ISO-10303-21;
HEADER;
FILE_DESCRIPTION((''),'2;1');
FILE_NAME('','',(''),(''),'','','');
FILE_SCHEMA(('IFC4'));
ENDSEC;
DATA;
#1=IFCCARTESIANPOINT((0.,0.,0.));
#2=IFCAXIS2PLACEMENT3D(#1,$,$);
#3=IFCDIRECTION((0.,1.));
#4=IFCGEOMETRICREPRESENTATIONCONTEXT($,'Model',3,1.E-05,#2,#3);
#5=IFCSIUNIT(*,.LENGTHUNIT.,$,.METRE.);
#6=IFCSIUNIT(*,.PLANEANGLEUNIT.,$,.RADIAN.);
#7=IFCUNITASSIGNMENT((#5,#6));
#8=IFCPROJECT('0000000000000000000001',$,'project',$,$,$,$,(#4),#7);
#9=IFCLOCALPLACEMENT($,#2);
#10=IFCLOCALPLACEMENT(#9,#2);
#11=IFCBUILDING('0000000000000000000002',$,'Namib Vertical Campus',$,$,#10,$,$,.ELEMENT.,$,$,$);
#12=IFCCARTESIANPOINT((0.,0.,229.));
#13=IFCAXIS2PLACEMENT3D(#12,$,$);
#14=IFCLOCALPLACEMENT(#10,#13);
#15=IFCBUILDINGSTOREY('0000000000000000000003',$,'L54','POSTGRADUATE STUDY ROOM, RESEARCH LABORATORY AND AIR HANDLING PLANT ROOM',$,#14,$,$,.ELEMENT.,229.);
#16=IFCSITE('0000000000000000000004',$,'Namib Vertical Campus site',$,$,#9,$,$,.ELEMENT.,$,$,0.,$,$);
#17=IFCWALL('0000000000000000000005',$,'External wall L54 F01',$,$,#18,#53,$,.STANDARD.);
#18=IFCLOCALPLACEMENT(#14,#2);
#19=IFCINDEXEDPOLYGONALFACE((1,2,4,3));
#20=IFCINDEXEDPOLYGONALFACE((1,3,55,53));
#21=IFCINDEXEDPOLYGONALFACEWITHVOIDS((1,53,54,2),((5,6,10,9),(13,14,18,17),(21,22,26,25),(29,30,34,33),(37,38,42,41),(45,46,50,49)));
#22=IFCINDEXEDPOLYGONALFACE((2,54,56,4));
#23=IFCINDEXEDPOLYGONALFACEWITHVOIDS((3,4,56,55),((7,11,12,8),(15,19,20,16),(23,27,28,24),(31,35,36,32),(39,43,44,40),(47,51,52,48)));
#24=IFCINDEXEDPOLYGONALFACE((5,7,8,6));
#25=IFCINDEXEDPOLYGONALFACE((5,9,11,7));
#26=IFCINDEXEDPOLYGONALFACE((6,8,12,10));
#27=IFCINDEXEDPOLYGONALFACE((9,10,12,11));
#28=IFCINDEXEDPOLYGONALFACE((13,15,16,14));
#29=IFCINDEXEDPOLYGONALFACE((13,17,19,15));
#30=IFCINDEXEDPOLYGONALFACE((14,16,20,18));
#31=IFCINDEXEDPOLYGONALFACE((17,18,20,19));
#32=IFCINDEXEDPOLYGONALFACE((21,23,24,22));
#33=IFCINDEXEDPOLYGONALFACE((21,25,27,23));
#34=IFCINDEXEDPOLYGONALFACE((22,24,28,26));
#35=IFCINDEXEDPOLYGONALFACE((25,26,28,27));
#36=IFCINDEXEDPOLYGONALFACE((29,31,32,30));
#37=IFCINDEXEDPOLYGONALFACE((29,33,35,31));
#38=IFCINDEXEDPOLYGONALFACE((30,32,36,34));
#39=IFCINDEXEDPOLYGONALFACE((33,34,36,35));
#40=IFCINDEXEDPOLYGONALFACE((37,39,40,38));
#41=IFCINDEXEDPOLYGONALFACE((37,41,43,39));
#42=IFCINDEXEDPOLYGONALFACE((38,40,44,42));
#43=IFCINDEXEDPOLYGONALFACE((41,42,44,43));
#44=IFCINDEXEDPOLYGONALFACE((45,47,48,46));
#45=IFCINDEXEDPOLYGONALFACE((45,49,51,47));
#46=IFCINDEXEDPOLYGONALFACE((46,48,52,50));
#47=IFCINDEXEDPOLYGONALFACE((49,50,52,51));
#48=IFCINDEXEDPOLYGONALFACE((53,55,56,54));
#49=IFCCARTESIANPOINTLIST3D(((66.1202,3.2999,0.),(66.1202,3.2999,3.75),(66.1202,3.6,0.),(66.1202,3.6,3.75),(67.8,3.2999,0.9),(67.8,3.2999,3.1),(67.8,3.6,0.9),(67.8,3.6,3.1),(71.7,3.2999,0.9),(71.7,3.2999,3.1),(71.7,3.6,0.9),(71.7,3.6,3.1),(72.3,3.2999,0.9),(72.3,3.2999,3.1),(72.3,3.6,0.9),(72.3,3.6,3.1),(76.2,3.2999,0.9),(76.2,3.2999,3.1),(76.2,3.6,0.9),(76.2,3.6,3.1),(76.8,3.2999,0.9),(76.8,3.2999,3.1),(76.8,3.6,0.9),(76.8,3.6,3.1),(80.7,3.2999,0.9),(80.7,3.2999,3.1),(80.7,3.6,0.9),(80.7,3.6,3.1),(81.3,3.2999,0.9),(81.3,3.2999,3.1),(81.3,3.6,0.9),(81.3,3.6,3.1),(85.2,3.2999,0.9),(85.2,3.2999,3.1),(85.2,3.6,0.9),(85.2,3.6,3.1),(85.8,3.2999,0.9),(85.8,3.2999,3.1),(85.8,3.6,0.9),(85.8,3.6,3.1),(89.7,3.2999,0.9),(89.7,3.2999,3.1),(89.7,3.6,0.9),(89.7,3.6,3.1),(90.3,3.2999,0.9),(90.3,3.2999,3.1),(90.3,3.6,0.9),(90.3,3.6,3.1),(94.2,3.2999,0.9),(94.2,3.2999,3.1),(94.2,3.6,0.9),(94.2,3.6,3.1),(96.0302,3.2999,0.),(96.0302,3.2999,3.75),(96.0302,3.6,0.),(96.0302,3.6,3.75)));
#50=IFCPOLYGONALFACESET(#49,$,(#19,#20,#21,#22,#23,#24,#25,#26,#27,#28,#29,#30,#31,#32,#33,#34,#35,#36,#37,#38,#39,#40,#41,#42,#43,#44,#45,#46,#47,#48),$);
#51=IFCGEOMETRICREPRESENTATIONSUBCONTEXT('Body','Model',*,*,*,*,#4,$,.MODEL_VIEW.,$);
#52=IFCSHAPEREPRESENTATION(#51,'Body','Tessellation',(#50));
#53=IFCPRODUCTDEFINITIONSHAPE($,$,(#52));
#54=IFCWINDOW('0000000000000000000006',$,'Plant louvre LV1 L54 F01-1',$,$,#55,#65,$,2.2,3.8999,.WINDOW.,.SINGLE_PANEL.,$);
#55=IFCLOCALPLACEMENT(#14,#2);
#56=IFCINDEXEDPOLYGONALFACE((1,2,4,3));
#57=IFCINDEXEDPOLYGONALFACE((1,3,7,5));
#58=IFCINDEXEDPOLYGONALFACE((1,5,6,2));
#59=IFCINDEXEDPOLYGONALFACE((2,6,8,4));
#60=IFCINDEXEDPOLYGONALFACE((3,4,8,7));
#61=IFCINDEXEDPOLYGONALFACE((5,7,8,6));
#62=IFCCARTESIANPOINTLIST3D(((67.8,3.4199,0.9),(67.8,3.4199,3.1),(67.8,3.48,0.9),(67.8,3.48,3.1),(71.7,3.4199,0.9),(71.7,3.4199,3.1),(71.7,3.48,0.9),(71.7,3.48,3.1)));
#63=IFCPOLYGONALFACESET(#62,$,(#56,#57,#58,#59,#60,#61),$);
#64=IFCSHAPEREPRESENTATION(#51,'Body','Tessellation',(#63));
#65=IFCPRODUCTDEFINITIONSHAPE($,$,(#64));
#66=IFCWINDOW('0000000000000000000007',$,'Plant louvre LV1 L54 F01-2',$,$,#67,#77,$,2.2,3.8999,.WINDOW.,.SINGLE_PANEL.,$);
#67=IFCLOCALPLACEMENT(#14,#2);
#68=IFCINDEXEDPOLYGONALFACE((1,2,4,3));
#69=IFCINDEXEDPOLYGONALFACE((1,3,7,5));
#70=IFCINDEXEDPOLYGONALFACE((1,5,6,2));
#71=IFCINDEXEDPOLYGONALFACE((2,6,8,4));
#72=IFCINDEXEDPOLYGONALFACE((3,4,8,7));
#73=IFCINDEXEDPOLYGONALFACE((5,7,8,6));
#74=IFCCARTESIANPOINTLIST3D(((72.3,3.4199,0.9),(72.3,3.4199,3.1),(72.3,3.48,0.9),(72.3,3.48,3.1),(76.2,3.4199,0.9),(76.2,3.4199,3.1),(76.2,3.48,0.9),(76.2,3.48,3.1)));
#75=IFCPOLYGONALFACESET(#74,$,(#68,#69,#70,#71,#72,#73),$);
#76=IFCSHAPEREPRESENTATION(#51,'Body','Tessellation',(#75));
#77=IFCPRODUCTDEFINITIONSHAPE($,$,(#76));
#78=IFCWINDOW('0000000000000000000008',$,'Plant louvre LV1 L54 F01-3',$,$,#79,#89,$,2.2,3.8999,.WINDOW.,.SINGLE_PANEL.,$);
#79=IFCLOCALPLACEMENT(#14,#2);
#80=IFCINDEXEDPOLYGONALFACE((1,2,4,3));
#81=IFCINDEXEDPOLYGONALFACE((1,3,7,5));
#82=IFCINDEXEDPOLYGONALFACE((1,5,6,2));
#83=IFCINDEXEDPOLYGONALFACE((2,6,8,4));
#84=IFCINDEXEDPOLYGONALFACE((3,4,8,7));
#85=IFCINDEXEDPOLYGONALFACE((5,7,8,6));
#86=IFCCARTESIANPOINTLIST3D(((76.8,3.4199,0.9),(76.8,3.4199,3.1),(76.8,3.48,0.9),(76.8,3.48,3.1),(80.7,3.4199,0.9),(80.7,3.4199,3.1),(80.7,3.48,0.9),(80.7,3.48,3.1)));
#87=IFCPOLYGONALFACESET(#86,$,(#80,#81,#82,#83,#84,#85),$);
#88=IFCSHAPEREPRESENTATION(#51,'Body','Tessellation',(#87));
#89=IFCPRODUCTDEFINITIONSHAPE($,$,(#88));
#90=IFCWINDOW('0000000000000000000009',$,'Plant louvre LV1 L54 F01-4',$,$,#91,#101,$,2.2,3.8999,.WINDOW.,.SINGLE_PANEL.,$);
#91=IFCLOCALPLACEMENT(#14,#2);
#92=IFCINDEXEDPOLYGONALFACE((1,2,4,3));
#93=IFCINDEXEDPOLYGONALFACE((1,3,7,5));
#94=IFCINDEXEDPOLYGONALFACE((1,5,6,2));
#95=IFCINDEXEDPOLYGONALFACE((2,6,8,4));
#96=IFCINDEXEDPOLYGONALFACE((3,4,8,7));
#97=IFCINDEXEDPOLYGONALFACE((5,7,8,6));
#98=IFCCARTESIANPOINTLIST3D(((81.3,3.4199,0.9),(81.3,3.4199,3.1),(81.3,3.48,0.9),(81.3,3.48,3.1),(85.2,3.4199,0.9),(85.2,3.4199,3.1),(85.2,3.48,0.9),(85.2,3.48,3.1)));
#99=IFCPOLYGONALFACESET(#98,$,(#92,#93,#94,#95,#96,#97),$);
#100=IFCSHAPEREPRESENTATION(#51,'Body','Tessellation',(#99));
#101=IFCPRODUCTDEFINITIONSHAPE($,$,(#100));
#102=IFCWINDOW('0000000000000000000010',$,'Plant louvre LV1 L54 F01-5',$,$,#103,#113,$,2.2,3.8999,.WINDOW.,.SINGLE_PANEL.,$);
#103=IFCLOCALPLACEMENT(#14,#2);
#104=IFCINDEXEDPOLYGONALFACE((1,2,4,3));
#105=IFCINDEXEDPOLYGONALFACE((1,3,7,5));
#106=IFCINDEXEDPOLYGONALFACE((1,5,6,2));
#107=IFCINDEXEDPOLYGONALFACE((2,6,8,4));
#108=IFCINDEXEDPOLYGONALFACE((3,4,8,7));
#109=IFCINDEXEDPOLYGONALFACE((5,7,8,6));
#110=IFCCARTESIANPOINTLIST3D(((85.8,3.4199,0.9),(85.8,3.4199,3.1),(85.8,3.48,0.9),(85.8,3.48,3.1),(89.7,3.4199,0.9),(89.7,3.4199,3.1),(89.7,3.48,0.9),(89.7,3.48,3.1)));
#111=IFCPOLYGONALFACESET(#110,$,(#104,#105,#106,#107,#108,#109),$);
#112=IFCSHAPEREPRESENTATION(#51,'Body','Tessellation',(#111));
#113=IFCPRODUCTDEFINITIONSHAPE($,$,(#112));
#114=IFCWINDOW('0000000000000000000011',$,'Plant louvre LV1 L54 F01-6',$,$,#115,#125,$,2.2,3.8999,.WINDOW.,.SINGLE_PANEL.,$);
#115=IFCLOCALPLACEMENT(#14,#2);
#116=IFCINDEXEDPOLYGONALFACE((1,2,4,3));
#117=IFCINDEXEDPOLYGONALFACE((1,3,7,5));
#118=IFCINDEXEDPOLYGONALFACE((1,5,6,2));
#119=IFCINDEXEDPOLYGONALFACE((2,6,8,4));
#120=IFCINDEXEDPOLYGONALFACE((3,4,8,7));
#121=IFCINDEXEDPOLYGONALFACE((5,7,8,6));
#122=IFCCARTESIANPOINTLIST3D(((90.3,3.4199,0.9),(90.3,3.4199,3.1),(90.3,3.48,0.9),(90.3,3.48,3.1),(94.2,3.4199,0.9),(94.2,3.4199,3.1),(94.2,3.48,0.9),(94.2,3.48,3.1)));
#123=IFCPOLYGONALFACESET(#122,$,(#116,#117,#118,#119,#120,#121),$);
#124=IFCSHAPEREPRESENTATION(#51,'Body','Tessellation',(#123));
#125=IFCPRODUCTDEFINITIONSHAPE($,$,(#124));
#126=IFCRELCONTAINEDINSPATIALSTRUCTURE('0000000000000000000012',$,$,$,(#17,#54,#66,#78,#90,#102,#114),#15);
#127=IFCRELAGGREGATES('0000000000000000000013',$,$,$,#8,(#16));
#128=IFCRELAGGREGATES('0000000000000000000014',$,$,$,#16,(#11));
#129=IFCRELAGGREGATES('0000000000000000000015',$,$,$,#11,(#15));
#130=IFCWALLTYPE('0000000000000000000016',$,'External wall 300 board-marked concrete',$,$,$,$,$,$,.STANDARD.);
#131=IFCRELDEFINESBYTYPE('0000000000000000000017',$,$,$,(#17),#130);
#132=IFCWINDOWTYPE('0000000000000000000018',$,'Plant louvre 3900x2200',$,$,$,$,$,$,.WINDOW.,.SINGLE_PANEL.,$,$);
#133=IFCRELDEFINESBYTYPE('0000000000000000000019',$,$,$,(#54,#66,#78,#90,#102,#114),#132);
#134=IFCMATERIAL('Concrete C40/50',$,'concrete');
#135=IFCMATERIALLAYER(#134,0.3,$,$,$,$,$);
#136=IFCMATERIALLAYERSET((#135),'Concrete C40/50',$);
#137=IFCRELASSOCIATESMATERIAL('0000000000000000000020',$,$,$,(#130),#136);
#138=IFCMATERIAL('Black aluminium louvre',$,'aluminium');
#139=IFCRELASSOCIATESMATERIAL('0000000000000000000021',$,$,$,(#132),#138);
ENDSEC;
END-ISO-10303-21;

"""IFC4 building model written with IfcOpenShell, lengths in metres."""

from ifc_helpers import new_model, si_unit, direction, frame, frame_2d, origin, place, context, subcontext, project, spatial, rectangle, extrude, material, layer, layer_set, type_object, element, fill, save


model = new_model("IFC4")

# Units and contexts
model_context = context("Model", 3, precision=1e-05, world=origin(), true_north=direction((0.0, 1.0)))
body_context = subcontext(model_context, "Body", "Model", "MODEL_VIEW")
ifc_project = project(units=[si_unit("LENGTHUNIT", "METRE"), si_unit("PLANEANGLEUNIT", "RADIAN")], contexts=[model_context])

# Site, building, storey
site_placement = place(None, origin())
site = spatial("IfcSite", under=ifc_project, at=site_placement, Name="Namib Vertical Campus site", CompositionType="ELEMENT", RefElevation=0.0)
building_placement = place(site_placement, origin())
building = spatial("IfcBuilding", under=site, at=building_placement, Name="Namib Vertical Campus", CompositionType="ELEMENT")
storey_placement = place(building_placement, frame((0.0, 0.0, 229.0)))
storey = spatial("IfcBuildingStorey", under=building, at=storey_placement, Name="L54", Description="POSTGRADUATE STUDY ROOM, RESEARCH LABORATORY AND AIR HANDLING PLANT ROOM", CompositionType="ELEMENT", Elevation=229.0)

# Wall, openings, windows
ifc_material_1 = material(Name="Concrete C40/50", Category="concrete")
ifc_layer_1 = layer(ifc_material_1, 0.3)
ifc_layer_set_1 = layer_set([ifc_layer_1], Name="Concrete C40/50")
wall_type_1 = type_object("IfcWallType", Name="External wall 300 board-marked concrete", PredefinedType="STANDARD", material=ifc_layer_set_1)
wall_1_placement = place(storey_placement, frame((66.1201, 3.45, 0.0), z_axis=(0.0, 0.0, 1.0), x_axis=(1.0, 0.0, 0.0)))
wall_1 = element("IfcWall", 1, at=wall_1_placement, inside=storey, type_object=wall_type_1, Name="External wall L54 F01", PredefinedType="STANDARD", context=body_context, shape_type="SweptSolid", body=[
    extrude(rectangle(XDim=29.9099, YDim=0.3, at=frame_2d((14.9551, 0.0))), origin(), (0.0, 0.0, 1.0), 3.75),
])
opening_1_placement = place(wall_1_placement, frame((1.6799, 0.0, 0.8999)))
opening_1 = element("IfcOpeningElement", 2, at=opening_1_placement, cuts=wall_1, PredefinedType="OPENING", context=body_context, shape_type="SweptSolid", body=[
    extrude(rectangle(XDim=3.8999, YDim=2.2, at=frame_2d((1.95, 1.1001))), frame((0.0, 0.1599, 0.0), z_axis=(0.0, -1.0, 0.0), x_axis=(1.0, 0.0, 0.0)), (0.0, 0.0, 1.0), 0.3201),
])
opening_2_placement = place(wall_1_placement, frame((6.1799, 0.0, 0.8999)))
opening_2 = element("IfcOpeningElement", 3, at=opening_2_placement, cuts=wall_1, PredefinedType="OPENING", context=body_context, shape_type="SweptSolid", body=[
    extrude(rectangle(XDim=3.8999, YDim=2.2, at=frame_2d((1.95, 1.1001))), frame((0.0, 0.1599, 0.0), z_axis=(0.0, -1.0, 0.0), x_axis=(1.0, 0.0, 0.0)), (0.0, 0.0, 1.0), 0.3201),
])
opening_3_placement = place(wall_1_placement, frame((10.6799, 0.0, 0.8999)))
opening_3 = element("IfcOpeningElement", 4, at=opening_3_placement, cuts=wall_1, PredefinedType="OPENING", context=body_context, shape_type="SweptSolid", body=[
    extrude(rectangle(XDim=3.8999, YDim=2.2, at=frame_2d((1.95, 1.1001))), frame((0.0, 0.1599, 0.0), z_axis=(0.0, -1.0, 0.0), x_axis=(1.0, 0.0, 0.0)), (0.0, 0.0, 1.0), 0.3201),
])
opening_4_placement = place(wall_1_placement, frame((15.1799, 0.0, 0.8999)))
opening_4 = element("IfcOpeningElement", 5, at=opening_4_placement, cuts=wall_1, PredefinedType="OPENING", context=body_context, shape_type="SweptSolid", body=[
    extrude(rectangle(XDim=3.8999, YDim=2.2, at=frame_2d((1.95, 1.1001))), frame((0.0, 0.1599, 0.0), z_axis=(0.0, -1.0, 0.0), x_axis=(1.0, 0.0, 0.0)), (0.0, 0.0, 1.0), 0.3201),
])
opening_5_placement = place(wall_1_placement, frame((19.6799, 0.0, 0.8999)))
opening_5 = element("IfcOpeningElement", 6, at=opening_5_placement, cuts=wall_1, PredefinedType="OPENING", context=body_context, shape_type="SweptSolid", body=[
    extrude(rectangle(XDim=3.8999, YDim=2.2, at=frame_2d((1.95, 1.1001))), frame((0.0, 0.1599, 0.0), z_axis=(0.0, -1.0, 0.0), x_axis=(1.0, 0.0, 0.0)), (0.0, 0.0, 1.0), 0.3201),
])
opening_6_placement = place(wall_1_placement, frame((24.1799, 0.0, 0.8999)))
opening_6 = element("IfcOpeningElement", 7, at=opening_6_placement, cuts=wall_1, PredefinedType="OPENING", context=body_context, shape_type="SweptSolid", body=[
    extrude(rectangle(XDim=3.8999, YDim=2.2, at=frame_2d((1.95, 1.1001))), frame((0.0, 0.1599, 0.0), z_axis=(0.0, -1.0, 0.0), x_axis=(1.0, 0.0, 0.0)), (0.0, 0.0, 1.0), 0.3201),
])
ifc_material_2 = material(Name="Black aluminium louvre", Category="aluminium")
window_type_1 = type_object("IfcWindowType", Name="Plant louvre 3900x2200", PartitioningType="SINGLE_PANEL", PredefinedType="WINDOW", material=ifc_material_2)
window_1_placement = place(opening_1_placement, origin())
window_1 = element("IfcWindow", 8, at=window_1_placement, inside=storey, type_object=window_type_1, Name="Plant louvre LV1 L54 F01-1", OverallHeight=2.2, OverallWidth=3.8999, PartitioningType="SINGLE_PANEL", PredefinedType="WINDOW", context=body_context, shape_type="SweptSolid", body=[
    extrude(rectangle(XDim=3.8999, YDim=2.2, at=frame_2d((1.95, 1.1001))), frame((0.0, 0.03, 0.0), z_axis=(0.0, -1.0, 0.0), x_axis=(1.0, 0.0, 0.0)), (0.0, 0.0, 1.0), 0.0601),
])
fill(opening_1, window_1)
window_2_placement = place(opening_2_placement, origin())
window_2 = element("IfcWindow", 9, at=window_2_placement, inside=storey, type_object=window_type_1, Name="Plant louvre LV1 L54 F01-2", OverallHeight=2.2, OverallWidth=3.8999, PartitioningType="SINGLE_PANEL", PredefinedType="WINDOW", context=body_context, shape_type="SweptSolid", body=[
    extrude(rectangle(XDim=3.8999, YDim=2.2, at=frame_2d((1.95, 1.1001))), frame((0.0, 0.03, 0.0), z_axis=(0.0, -1.0, 0.0), x_axis=(1.0, 0.0, 0.0)), (0.0, 0.0, 1.0), 0.0601),
])
fill(opening_2, window_2)
window_3_placement = place(opening_3_placement, origin())
window_3 = element("IfcWindow", 10, at=window_3_placement, inside=storey, type_object=window_type_1, Name="Plant louvre LV1 L54 F01-3", OverallHeight=2.2, OverallWidth=3.8999, PartitioningType="SINGLE_PANEL", PredefinedType="WINDOW", context=body_context, shape_type="SweptSolid", body=[
    extrude(rectangle(XDim=3.8999, YDim=2.2, at=frame_2d((1.95, 1.1001))), frame((0.0, 0.03, 0.0), z_axis=(0.0, -1.0, 0.0), x_axis=(1.0, 0.0, 0.0)), (0.0, 0.0, 1.0), 0.0601),
])
fill(opening_3, window_3)
window_4_placement = place(opening_4_placement, origin())
window_4 = element("IfcWindow", 11, at=window_4_placement, inside=storey, type_object=window_type_1, Name="Plant louvre LV1 L54 F01-4", OverallHeight=2.2, OverallWidth=3.8999, PartitioningType="SINGLE_PANEL", PredefinedType="WINDOW", context=body_context, shape_type="SweptSolid", body=[
    extrude(rectangle(XDim=3.8999, YDim=2.2, at=frame_2d((1.95, 1.1001))), frame((0.0, 0.03, 0.0), z_axis=(0.0, -1.0, 0.0), x_axis=(1.0, 0.0, 0.0)), (0.0, 0.0, 1.0), 0.0601),
])
fill(opening_4, window_4)
window_5_placement = place(opening_5_placement, origin())
window_5 = element("IfcWindow", 12, at=window_5_placement, inside=storey, type_object=window_type_1, Name="Plant louvre LV1 L54 F01-5", OverallHeight=2.2, OverallWidth=3.8999, PartitioningType="SINGLE_PANEL", PredefinedType="WINDOW", context=body_context, shape_type="SweptSolid", body=[
    extrude(rectangle(XDim=3.8999, YDim=2.2, at=frame_2d((1.95, 1.1001))), frame((0.0, 0.03, 0.0), z_axis=(0.0, -1.0, 0.0), x_axis=(1.0, 0.0, 0.0)), (0.0, 0.0, 1.0), 0.0601),
])
fill(opening_5, window_5)
window_6_placement = place(opening_6_placement, origin())
window_6 = element("IfcWindow", 13, at=window_6_placement, inside=storey, type_object=window_type_1, Name="Plant louvre LV1 L54 F01-6", OverallHeight=2.2, OverallWidth=3.8999, PartitioningType="SINGLE_PANEL", PredefinedType="WINDOW", context=body_context, shape_type="SweptSolid", body=[
    extrude(rectangle(XDim=3.8999, YDim=2.2, at=frame_2d((1.95, 1.1001))), frame((0.0, 0.03, 0.0), z_axis=(0.0, -1.0, 0.0), x_axis=(1.0, 0.0, 0.0)), (0.0, 0.0, 1.0), 0.0601),
])
fill(opening_6, window_6)

save(model, "model.ifc")
